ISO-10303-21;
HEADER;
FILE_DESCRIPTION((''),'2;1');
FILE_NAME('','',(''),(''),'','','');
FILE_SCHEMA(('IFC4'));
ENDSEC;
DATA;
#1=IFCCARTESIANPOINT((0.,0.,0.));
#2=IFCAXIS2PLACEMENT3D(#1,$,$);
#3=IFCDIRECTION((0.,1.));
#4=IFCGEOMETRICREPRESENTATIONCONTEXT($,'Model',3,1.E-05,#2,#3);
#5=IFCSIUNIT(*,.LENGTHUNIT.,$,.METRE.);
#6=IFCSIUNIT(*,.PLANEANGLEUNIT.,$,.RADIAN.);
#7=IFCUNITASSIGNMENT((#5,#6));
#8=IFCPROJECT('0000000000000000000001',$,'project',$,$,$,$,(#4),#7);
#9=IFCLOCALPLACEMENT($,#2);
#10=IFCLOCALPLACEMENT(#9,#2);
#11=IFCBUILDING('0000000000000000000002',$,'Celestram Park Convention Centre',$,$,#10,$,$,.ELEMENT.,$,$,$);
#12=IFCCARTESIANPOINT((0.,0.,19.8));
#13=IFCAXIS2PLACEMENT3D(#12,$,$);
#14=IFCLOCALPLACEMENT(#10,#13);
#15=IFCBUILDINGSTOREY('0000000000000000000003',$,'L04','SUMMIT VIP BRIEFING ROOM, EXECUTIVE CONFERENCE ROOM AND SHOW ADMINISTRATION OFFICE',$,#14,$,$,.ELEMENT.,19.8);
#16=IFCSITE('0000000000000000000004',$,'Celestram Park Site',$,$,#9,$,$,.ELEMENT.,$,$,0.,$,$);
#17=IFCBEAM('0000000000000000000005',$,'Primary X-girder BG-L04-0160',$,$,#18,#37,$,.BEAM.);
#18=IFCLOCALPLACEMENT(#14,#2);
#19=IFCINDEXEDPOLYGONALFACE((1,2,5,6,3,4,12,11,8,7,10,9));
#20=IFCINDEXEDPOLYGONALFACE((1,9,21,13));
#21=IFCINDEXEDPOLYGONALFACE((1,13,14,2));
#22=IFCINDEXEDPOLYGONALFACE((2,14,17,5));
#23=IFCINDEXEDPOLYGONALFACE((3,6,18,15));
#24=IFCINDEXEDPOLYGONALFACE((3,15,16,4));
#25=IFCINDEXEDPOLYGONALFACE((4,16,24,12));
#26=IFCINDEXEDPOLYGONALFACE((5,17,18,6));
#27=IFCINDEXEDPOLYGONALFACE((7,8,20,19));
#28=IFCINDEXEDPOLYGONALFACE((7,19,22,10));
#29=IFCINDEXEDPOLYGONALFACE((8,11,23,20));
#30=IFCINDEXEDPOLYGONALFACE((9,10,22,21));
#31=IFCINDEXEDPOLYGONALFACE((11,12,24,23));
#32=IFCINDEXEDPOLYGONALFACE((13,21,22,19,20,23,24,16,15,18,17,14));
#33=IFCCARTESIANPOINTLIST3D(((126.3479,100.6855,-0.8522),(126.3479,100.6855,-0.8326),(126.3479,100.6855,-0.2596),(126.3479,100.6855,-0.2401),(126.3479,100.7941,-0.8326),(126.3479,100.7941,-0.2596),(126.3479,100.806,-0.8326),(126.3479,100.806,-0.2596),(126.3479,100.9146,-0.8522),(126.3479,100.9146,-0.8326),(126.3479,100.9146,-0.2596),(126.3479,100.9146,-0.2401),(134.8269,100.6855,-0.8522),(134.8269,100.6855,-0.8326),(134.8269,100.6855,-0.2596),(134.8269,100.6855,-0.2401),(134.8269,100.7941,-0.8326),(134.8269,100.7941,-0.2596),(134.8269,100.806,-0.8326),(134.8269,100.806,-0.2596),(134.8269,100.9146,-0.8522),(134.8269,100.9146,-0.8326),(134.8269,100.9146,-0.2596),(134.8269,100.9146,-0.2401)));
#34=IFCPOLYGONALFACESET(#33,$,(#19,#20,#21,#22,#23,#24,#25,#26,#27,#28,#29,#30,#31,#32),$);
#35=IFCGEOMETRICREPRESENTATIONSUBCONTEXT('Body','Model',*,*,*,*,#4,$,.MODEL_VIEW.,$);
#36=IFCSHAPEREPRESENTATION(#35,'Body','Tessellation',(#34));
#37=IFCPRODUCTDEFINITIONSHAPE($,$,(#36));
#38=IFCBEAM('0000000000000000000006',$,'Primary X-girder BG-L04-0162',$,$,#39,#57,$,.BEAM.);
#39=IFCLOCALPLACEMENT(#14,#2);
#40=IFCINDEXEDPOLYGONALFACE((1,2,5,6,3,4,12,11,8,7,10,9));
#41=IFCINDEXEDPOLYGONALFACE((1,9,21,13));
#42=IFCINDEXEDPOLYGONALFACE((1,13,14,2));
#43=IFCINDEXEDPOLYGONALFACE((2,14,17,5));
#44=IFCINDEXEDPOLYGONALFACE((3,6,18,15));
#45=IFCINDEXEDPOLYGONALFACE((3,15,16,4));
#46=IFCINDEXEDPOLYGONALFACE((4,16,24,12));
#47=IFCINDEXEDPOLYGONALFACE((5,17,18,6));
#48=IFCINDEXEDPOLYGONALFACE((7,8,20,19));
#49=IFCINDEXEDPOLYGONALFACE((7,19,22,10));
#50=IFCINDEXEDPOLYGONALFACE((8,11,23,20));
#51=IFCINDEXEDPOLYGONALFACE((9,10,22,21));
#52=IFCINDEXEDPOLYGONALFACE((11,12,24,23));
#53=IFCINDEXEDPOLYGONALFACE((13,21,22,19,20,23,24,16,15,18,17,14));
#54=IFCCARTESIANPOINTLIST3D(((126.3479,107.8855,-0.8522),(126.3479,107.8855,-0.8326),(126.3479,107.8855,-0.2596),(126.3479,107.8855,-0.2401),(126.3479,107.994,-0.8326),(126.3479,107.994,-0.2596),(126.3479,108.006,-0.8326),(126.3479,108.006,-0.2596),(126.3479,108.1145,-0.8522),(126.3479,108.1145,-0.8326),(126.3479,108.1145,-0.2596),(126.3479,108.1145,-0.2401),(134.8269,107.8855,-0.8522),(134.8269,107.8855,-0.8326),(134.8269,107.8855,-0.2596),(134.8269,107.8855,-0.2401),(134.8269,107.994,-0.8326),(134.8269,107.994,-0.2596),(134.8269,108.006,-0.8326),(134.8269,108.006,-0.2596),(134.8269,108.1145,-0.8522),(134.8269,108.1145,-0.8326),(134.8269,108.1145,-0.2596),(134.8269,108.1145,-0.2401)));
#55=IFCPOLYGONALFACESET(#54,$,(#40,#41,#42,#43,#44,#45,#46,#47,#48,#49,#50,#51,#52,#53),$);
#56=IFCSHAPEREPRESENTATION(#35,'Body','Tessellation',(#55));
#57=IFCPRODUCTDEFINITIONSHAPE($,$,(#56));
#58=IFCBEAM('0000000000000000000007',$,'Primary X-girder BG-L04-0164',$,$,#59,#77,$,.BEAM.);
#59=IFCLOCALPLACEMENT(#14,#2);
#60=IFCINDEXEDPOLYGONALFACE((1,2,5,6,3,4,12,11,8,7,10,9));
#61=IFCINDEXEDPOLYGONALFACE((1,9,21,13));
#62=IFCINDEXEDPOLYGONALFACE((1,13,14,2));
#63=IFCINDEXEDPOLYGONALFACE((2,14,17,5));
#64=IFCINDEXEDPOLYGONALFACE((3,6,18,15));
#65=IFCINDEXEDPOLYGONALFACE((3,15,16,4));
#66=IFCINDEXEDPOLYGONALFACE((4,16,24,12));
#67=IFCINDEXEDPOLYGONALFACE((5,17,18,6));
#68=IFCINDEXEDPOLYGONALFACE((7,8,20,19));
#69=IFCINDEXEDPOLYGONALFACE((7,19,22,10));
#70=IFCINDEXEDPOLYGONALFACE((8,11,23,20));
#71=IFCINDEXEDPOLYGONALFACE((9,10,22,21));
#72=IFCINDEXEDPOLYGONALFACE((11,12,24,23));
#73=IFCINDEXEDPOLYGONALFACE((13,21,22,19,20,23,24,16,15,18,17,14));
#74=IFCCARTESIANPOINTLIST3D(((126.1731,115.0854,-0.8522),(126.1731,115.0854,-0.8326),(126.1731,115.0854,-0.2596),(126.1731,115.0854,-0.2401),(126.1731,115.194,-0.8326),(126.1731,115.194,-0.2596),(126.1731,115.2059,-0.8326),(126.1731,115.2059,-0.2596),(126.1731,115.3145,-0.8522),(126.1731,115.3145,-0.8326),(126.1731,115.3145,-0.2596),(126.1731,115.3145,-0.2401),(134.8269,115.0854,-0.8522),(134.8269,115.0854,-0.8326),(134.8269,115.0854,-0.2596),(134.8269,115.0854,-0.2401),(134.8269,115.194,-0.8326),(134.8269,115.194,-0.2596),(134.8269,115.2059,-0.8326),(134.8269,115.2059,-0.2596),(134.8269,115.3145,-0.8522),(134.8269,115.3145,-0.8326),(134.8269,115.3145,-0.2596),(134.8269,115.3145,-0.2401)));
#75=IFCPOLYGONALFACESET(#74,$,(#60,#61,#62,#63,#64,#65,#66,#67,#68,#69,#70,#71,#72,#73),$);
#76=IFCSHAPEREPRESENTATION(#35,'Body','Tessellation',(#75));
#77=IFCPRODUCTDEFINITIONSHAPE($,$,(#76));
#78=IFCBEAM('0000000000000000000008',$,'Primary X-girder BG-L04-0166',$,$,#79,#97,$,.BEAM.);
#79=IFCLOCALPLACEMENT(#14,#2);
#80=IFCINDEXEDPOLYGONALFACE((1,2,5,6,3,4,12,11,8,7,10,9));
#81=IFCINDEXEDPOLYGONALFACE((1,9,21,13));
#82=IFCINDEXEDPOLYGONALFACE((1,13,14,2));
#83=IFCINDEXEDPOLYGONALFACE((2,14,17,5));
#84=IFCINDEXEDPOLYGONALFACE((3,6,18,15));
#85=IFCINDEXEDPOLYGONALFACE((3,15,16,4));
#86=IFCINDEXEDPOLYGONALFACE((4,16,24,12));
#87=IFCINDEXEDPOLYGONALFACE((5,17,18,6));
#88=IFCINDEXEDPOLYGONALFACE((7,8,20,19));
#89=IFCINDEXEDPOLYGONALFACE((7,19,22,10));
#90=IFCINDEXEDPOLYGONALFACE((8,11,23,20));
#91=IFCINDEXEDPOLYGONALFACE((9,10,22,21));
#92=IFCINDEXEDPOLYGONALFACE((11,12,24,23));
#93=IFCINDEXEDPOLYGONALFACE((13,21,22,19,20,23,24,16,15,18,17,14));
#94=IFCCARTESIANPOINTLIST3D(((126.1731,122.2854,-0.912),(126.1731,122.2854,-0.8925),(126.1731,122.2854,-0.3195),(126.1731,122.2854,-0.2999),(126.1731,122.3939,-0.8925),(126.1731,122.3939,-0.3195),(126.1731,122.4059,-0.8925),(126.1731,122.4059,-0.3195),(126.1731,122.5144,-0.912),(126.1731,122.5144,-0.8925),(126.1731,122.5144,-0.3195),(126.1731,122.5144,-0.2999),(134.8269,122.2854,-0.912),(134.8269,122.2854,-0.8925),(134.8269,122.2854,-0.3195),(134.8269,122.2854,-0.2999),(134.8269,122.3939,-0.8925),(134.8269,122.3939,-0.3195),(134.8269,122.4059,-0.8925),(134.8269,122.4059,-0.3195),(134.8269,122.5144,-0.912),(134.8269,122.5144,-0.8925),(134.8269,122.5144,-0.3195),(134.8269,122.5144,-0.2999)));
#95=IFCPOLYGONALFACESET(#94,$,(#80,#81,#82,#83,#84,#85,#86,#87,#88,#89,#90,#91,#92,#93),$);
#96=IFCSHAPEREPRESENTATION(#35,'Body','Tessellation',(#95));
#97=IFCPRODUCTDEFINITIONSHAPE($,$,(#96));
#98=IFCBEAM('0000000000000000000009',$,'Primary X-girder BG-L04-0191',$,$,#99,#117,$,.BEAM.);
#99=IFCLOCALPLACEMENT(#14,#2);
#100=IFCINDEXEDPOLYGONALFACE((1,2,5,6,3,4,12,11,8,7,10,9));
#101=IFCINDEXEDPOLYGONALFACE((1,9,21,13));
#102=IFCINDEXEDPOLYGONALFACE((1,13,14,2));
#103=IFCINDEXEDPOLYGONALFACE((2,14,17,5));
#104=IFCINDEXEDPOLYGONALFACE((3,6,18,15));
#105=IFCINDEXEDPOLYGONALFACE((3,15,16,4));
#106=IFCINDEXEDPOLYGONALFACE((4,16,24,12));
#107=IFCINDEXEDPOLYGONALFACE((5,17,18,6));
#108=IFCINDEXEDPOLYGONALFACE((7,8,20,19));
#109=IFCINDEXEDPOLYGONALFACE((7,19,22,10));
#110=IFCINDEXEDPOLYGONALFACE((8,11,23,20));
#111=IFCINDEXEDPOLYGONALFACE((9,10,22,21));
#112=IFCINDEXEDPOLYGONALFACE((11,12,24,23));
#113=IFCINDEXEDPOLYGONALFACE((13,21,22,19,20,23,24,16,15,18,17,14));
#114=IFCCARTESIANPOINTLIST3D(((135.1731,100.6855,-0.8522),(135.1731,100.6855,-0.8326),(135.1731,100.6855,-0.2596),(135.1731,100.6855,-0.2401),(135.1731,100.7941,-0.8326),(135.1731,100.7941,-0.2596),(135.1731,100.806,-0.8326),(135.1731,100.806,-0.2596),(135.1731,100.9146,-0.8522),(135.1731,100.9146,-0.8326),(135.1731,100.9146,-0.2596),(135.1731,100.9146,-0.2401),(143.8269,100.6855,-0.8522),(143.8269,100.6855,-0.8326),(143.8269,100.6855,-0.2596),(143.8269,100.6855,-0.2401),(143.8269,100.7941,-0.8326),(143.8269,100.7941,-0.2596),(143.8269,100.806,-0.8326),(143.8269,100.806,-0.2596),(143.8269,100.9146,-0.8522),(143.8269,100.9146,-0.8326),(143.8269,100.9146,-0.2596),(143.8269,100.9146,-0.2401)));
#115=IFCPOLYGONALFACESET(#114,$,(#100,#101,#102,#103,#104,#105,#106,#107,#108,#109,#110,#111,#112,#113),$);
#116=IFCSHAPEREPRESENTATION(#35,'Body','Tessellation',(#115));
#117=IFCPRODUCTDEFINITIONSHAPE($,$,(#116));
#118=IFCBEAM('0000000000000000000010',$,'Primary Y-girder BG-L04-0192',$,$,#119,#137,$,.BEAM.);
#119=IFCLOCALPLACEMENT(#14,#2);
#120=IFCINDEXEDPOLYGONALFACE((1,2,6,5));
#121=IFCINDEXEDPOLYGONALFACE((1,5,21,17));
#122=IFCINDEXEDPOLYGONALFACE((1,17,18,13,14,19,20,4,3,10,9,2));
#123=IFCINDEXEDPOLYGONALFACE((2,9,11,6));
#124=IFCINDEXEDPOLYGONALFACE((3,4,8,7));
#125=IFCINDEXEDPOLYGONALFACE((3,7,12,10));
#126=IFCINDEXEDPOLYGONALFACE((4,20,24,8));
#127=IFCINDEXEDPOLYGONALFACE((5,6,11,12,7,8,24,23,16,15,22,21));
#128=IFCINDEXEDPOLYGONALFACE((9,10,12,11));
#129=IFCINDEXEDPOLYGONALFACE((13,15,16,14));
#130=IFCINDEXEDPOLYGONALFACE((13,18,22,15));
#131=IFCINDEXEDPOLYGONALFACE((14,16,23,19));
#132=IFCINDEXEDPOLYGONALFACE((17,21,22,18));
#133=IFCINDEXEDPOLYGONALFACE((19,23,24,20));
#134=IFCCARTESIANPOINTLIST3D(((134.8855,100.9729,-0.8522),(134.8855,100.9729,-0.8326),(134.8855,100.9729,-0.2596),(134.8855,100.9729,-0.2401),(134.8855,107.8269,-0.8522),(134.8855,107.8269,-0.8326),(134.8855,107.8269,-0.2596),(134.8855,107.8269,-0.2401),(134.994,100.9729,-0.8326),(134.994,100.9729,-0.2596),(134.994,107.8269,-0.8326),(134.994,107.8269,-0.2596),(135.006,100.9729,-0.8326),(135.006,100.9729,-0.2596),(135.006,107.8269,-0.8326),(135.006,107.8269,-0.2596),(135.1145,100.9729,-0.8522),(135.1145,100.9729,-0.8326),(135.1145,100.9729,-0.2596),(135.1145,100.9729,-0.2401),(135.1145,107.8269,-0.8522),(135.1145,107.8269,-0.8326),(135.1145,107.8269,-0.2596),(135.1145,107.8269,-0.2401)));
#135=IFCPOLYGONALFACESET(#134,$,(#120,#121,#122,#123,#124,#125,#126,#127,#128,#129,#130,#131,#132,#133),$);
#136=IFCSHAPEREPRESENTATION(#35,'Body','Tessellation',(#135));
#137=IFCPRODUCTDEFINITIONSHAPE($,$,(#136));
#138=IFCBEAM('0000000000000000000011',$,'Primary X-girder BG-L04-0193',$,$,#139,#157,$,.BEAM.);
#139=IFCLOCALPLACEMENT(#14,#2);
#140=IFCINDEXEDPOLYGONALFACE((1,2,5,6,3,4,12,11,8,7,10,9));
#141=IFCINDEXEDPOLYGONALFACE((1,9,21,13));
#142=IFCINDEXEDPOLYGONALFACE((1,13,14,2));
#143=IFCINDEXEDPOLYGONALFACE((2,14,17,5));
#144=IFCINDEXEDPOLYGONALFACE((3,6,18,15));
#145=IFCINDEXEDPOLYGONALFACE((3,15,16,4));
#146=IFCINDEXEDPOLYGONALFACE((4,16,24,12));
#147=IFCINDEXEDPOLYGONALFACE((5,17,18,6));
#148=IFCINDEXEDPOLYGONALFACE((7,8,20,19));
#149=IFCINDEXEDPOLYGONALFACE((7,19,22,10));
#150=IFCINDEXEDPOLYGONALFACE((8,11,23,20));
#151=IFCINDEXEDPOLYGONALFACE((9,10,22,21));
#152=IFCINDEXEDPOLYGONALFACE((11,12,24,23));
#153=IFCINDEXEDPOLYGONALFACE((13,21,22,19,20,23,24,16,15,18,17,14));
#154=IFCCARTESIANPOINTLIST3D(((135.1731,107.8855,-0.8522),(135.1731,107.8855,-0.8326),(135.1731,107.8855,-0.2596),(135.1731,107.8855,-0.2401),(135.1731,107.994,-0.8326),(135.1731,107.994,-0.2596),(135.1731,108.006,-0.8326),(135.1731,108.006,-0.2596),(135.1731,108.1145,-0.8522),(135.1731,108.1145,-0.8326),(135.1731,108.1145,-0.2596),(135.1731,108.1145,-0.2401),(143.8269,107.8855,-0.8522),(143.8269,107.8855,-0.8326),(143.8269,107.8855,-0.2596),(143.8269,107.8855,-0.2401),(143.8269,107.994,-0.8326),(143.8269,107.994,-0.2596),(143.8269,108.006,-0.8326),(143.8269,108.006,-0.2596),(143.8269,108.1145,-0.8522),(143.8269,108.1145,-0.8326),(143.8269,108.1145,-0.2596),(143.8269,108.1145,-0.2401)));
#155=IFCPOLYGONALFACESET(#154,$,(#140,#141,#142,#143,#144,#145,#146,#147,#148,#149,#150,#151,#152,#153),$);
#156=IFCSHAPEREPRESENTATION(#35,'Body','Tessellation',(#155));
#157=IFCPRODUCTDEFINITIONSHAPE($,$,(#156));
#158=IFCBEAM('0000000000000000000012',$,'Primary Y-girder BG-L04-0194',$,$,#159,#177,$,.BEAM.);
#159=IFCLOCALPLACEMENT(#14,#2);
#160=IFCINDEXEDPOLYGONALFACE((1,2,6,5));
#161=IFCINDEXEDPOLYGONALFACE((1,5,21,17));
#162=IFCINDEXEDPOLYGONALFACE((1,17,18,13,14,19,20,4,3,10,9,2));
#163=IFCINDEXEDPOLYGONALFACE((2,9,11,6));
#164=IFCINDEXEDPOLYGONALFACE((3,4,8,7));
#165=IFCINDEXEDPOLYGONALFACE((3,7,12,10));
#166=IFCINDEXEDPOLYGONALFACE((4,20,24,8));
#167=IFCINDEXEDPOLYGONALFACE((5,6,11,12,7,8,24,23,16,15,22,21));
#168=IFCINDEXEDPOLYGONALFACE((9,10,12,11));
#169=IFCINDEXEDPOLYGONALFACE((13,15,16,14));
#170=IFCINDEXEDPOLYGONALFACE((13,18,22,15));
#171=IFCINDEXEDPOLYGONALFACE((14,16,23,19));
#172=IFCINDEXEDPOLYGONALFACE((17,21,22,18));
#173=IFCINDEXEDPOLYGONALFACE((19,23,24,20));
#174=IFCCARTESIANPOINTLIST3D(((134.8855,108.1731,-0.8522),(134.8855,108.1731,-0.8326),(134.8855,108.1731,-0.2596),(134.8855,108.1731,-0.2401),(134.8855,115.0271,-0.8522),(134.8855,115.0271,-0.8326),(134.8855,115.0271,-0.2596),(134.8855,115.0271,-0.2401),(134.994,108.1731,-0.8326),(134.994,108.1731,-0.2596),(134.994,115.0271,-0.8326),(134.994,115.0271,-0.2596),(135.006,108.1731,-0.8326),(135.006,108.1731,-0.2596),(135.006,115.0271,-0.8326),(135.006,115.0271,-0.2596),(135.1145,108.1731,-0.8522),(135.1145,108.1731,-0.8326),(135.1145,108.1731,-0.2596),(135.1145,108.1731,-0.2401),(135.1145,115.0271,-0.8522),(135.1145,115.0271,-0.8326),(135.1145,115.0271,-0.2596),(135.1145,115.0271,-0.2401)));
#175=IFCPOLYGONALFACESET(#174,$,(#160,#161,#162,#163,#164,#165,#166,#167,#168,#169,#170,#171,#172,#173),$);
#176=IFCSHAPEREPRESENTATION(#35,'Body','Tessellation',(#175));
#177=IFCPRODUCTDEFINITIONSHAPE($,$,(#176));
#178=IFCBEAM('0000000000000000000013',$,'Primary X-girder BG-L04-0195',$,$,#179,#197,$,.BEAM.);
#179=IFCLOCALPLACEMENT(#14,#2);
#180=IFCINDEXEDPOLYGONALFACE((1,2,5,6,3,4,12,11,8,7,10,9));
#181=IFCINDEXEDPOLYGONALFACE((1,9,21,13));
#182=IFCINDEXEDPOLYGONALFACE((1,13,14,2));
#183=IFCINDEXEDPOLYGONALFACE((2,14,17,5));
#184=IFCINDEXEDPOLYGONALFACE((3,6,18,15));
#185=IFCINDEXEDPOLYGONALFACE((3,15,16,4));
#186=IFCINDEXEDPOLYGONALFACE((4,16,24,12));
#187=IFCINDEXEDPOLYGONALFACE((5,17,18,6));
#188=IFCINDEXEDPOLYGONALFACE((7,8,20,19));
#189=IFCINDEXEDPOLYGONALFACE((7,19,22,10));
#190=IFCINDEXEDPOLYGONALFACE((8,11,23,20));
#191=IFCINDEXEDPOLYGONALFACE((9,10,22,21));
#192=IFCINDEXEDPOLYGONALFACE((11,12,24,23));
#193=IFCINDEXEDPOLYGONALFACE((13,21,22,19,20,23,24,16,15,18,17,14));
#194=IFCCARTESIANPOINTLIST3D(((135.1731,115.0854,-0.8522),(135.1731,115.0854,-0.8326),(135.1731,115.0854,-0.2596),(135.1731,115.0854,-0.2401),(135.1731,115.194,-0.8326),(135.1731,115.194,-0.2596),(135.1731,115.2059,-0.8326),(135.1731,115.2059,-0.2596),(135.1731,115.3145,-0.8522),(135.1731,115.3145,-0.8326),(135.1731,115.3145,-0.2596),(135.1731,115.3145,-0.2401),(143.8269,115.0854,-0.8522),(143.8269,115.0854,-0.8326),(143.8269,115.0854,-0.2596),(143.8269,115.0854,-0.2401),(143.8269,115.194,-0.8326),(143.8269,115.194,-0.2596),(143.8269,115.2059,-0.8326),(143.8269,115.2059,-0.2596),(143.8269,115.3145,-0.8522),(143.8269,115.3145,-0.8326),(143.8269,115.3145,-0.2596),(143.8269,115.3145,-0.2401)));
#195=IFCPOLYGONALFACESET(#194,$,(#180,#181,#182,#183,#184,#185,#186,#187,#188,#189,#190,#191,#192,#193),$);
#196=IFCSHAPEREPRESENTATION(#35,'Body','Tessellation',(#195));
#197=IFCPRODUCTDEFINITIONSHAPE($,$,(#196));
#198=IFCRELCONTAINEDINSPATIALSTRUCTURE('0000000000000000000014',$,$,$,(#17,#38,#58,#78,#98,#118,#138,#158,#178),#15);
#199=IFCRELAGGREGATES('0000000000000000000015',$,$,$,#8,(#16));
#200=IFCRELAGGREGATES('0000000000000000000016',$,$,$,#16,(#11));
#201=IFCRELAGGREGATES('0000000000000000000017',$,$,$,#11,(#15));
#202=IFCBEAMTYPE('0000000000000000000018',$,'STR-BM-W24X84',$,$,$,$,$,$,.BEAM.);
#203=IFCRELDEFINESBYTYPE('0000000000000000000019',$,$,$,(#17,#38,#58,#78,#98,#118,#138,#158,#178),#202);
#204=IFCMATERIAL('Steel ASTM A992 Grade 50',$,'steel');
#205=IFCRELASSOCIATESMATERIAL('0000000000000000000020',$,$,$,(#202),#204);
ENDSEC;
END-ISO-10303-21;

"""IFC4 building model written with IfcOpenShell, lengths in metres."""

from ifc_helpers import new_model, si_unit, direction, frame, origin, origin_2d, place, context, subcontext, project, spatial, i_section, extrude, material, material_profile, profile_set, type_object, element, save


model = new_model("IFC4")

# Units and contexts
model_context = context("Model", 3, precision=1e-05, world=origin(), true_north=direction((0.0, 1.0)))
body_context = subcontext(model_context, "Body", "Model", "MODEL_VIEW")
ifc_project = project(units=[si_unit("LENGTHUNIT", "METRE"), si_unit("PLANEANGLEUNIT", "RADIAN")], contexts=[model_context])

# Site, building, storey
site_placement = place(None, origin())
site = spatial("IfcSite", under=ifc_project, at=site_placement, Name="Celestram Park Site", CompositionType="ELEMENT", RefElevation=0.0)
building_placement = place(site_placement, origin())
building = spatial("IfcBuilding", under=site, at=building_placement, Name="Celestram Park Convention Centre", CompositionType="ELEMENT")
storey_placement = place(building_placement, frame((0.0, 0.0, 19.8)))
storey = spatial("IfcBuildingStorey", under=building, at=storey_placement, Name="L04", Description="SUMMIT VIP BRIEFING ROOM, EXECUTIVE CONFERENCE ROOM AND SHOW ADMINISTRATION OFFICE", CompositionType="ELEMENT", Elevation=19.8)

# Beams
ifc_material_1 = material(Name="Steel ASTM A992 Grade 50", Category="steel")
ifc_material_profile_1 = material_profile(ifc_material_1, i_section(OverallWidth=0.229, OverallDepth=0.6121, WebThickness=0.012, FlangeThickness=0.0195, at=origin_2d()), Name="W24X84")
ifc_profile_set_1 = profile_set([ifc_material_profile_1], Name="Steel ASTM A992 Grade 50")
beam_type_1 = type_object("IfcBeamType", Name="STR-BM-W24X84", PredefinedType="BEAM", material=ifc_profile_set_1)
for number, where, z_axis, x_axis, name in (
    (1, (126.3479, 100.8, -0.5461), (1.0, 0.0, 0.0), (0.0, 1.0, 0.0), "Primary X-girder BG-L04-0160"),
    (2, (126.3479, 108.0, -0.5461), (1.0, 0.0, 0.0), (0.0, 1.0, 0.0), "Primary X-girder BG-L04-0162"),
):
    element("IfcBeam", number, at=place(storey_placement, frame(where, z_axis=z_axis, x_axis=x_axis)), inside=storey, type_object=beam_type_1, Name=name, PredefinedType="BEAM", context=body_context, shape_type="SweptSolid", body=[
        extrude(i_section(OverallWidth=0.229, OverallDepth=0.6121, WebThickness=0.012, FlangeThickness=0.0195, at=origin_2d()), origin(), (0.0, 0.0, 1.0), 8.479),
    ])
for number, where, z_axis, x_axis, name in (
    (3, (126.1731, 115.2, -0.5461), (1.0, 0.0, 0.0), (0.0, 1.0, 0.0), "Primary X-girder BG-L04-0164"),
    (4, (126.1731, 122.3999, -0.606), (1.0, 0.0, 0.0), (0.0, 1.0, 0.0), "Primary X-girder BG-L04-0166"),
    (5, (135.1731, 100.8, -0.5461), (1.0, 0.0, 0.0), (0.0, 1.0, 0.0), "Primary X-girder BG-L04-0191"),
):
    element("IfcBeam", number, at=place(storey_placement, frame(where, z_axis=z_axis, x_axis=x_axis)), inside=storey, type_object=beam_type_1, Name=name, PredefinedType="BEAM", context=body_context, shape_type="SweptSolid", body=[
        extrude(i_section(OverallWidth=0.229, OverallDepth=0.6121, WebThickness=0.012, FlangeThickness=0.0195, at=origin_2d()), origin(), (0.0, 0.0, 1.0), 8.6538),
    ])
beam_1_placement = place(storey_placement, frame((135.0, 100.9729, -0.5461), z_axis=(0.0, 1.0, 0.0), x_axis=(-1.0, 0.0, 0.0)))
element("IfcBeam", 6, at=beam_1_placement, inside=storey, type_object=beam_type_1, Name="Primary Y-girder BG-L04-0192", PredefinedType="BEAM", context=body_context, shape_type="SweptSolid", body=[
    extrude(i_section(OverallWidth=0.229, OverallDepth=0.6121, WebThickness=0.012, FlangeThickness=0.0195, at=origin_2d()), origin(), (0.0, 0.0, 1.0), 6.854),
])
beam_2_placement = place(storey_placement, frame((135.1731, 108.0, -0.5461), z_axis=(1.0, 0.0, 0.0), x_axis=(0.0, 1.0, 0.0)))
element("IfcBeam", 7, at=beam_2_placement, inside=storey, type_object=beam_type_1, Name="Primary X-girder BG-L04-0193", PredefinedType="BEAM", context=body_context, shape_type="SweptSolid", body=[
    extrude(i_section(OverallWidth=0.229, OverallDepth=0.6121, WebThickness=0.012, FlangeThickness=0.0195, at=origin_2d()), origin(), (0.0, 0.0, 1.0), 8.6538),
])
beam_3_placement = place(storey_placement, frame((135.0, 108.1731, -0.5461), z_axis=(0.0, 1.0, 0.0), x_axis=(-1.0, 0.0, 0.0)))
element("IfcBeam", 8, at=beam_3_placement, inside=storey, type_object=beam_type_1, Name="Primary Y-girder BG-L04-0194", PredefinedType="BEAM", context=body_context, shape_type="SweptSolid", body=[
    extrude(i_section(OverallWidth=0.229, OverallDepth=0.6121, WebThickness=0.012, FlangeThickness=0.0195, at=origin_2d()), origin(), (0.0, 0.0, 1.0), 6.854),
])
beam_4_placement = place(storey_placement, frame((135.1731, 115.2, -0.5461), z_axis=(1.0, 0.0, 0.0), x_axis=(0.0, 1.0, 0.0)))
element("IfcBeam", 9, at=beam_4_placement, inside=storey, type_object=beam_type_1, Name="Primary X-girder BG-L04-0195", PredefinedType="BEAM", context=body_context, shape_type="SweptSolid", body=[
    extrude(i_section(OverallWidth=0.229, OverallDepth=0.6121, WebThickness=0.012, FlangeThickness=0.0195, at=origin_2d()), origin(), (0.0, 0.0, 1.0), 8.6538),
])

save(model, "model.ifc")
